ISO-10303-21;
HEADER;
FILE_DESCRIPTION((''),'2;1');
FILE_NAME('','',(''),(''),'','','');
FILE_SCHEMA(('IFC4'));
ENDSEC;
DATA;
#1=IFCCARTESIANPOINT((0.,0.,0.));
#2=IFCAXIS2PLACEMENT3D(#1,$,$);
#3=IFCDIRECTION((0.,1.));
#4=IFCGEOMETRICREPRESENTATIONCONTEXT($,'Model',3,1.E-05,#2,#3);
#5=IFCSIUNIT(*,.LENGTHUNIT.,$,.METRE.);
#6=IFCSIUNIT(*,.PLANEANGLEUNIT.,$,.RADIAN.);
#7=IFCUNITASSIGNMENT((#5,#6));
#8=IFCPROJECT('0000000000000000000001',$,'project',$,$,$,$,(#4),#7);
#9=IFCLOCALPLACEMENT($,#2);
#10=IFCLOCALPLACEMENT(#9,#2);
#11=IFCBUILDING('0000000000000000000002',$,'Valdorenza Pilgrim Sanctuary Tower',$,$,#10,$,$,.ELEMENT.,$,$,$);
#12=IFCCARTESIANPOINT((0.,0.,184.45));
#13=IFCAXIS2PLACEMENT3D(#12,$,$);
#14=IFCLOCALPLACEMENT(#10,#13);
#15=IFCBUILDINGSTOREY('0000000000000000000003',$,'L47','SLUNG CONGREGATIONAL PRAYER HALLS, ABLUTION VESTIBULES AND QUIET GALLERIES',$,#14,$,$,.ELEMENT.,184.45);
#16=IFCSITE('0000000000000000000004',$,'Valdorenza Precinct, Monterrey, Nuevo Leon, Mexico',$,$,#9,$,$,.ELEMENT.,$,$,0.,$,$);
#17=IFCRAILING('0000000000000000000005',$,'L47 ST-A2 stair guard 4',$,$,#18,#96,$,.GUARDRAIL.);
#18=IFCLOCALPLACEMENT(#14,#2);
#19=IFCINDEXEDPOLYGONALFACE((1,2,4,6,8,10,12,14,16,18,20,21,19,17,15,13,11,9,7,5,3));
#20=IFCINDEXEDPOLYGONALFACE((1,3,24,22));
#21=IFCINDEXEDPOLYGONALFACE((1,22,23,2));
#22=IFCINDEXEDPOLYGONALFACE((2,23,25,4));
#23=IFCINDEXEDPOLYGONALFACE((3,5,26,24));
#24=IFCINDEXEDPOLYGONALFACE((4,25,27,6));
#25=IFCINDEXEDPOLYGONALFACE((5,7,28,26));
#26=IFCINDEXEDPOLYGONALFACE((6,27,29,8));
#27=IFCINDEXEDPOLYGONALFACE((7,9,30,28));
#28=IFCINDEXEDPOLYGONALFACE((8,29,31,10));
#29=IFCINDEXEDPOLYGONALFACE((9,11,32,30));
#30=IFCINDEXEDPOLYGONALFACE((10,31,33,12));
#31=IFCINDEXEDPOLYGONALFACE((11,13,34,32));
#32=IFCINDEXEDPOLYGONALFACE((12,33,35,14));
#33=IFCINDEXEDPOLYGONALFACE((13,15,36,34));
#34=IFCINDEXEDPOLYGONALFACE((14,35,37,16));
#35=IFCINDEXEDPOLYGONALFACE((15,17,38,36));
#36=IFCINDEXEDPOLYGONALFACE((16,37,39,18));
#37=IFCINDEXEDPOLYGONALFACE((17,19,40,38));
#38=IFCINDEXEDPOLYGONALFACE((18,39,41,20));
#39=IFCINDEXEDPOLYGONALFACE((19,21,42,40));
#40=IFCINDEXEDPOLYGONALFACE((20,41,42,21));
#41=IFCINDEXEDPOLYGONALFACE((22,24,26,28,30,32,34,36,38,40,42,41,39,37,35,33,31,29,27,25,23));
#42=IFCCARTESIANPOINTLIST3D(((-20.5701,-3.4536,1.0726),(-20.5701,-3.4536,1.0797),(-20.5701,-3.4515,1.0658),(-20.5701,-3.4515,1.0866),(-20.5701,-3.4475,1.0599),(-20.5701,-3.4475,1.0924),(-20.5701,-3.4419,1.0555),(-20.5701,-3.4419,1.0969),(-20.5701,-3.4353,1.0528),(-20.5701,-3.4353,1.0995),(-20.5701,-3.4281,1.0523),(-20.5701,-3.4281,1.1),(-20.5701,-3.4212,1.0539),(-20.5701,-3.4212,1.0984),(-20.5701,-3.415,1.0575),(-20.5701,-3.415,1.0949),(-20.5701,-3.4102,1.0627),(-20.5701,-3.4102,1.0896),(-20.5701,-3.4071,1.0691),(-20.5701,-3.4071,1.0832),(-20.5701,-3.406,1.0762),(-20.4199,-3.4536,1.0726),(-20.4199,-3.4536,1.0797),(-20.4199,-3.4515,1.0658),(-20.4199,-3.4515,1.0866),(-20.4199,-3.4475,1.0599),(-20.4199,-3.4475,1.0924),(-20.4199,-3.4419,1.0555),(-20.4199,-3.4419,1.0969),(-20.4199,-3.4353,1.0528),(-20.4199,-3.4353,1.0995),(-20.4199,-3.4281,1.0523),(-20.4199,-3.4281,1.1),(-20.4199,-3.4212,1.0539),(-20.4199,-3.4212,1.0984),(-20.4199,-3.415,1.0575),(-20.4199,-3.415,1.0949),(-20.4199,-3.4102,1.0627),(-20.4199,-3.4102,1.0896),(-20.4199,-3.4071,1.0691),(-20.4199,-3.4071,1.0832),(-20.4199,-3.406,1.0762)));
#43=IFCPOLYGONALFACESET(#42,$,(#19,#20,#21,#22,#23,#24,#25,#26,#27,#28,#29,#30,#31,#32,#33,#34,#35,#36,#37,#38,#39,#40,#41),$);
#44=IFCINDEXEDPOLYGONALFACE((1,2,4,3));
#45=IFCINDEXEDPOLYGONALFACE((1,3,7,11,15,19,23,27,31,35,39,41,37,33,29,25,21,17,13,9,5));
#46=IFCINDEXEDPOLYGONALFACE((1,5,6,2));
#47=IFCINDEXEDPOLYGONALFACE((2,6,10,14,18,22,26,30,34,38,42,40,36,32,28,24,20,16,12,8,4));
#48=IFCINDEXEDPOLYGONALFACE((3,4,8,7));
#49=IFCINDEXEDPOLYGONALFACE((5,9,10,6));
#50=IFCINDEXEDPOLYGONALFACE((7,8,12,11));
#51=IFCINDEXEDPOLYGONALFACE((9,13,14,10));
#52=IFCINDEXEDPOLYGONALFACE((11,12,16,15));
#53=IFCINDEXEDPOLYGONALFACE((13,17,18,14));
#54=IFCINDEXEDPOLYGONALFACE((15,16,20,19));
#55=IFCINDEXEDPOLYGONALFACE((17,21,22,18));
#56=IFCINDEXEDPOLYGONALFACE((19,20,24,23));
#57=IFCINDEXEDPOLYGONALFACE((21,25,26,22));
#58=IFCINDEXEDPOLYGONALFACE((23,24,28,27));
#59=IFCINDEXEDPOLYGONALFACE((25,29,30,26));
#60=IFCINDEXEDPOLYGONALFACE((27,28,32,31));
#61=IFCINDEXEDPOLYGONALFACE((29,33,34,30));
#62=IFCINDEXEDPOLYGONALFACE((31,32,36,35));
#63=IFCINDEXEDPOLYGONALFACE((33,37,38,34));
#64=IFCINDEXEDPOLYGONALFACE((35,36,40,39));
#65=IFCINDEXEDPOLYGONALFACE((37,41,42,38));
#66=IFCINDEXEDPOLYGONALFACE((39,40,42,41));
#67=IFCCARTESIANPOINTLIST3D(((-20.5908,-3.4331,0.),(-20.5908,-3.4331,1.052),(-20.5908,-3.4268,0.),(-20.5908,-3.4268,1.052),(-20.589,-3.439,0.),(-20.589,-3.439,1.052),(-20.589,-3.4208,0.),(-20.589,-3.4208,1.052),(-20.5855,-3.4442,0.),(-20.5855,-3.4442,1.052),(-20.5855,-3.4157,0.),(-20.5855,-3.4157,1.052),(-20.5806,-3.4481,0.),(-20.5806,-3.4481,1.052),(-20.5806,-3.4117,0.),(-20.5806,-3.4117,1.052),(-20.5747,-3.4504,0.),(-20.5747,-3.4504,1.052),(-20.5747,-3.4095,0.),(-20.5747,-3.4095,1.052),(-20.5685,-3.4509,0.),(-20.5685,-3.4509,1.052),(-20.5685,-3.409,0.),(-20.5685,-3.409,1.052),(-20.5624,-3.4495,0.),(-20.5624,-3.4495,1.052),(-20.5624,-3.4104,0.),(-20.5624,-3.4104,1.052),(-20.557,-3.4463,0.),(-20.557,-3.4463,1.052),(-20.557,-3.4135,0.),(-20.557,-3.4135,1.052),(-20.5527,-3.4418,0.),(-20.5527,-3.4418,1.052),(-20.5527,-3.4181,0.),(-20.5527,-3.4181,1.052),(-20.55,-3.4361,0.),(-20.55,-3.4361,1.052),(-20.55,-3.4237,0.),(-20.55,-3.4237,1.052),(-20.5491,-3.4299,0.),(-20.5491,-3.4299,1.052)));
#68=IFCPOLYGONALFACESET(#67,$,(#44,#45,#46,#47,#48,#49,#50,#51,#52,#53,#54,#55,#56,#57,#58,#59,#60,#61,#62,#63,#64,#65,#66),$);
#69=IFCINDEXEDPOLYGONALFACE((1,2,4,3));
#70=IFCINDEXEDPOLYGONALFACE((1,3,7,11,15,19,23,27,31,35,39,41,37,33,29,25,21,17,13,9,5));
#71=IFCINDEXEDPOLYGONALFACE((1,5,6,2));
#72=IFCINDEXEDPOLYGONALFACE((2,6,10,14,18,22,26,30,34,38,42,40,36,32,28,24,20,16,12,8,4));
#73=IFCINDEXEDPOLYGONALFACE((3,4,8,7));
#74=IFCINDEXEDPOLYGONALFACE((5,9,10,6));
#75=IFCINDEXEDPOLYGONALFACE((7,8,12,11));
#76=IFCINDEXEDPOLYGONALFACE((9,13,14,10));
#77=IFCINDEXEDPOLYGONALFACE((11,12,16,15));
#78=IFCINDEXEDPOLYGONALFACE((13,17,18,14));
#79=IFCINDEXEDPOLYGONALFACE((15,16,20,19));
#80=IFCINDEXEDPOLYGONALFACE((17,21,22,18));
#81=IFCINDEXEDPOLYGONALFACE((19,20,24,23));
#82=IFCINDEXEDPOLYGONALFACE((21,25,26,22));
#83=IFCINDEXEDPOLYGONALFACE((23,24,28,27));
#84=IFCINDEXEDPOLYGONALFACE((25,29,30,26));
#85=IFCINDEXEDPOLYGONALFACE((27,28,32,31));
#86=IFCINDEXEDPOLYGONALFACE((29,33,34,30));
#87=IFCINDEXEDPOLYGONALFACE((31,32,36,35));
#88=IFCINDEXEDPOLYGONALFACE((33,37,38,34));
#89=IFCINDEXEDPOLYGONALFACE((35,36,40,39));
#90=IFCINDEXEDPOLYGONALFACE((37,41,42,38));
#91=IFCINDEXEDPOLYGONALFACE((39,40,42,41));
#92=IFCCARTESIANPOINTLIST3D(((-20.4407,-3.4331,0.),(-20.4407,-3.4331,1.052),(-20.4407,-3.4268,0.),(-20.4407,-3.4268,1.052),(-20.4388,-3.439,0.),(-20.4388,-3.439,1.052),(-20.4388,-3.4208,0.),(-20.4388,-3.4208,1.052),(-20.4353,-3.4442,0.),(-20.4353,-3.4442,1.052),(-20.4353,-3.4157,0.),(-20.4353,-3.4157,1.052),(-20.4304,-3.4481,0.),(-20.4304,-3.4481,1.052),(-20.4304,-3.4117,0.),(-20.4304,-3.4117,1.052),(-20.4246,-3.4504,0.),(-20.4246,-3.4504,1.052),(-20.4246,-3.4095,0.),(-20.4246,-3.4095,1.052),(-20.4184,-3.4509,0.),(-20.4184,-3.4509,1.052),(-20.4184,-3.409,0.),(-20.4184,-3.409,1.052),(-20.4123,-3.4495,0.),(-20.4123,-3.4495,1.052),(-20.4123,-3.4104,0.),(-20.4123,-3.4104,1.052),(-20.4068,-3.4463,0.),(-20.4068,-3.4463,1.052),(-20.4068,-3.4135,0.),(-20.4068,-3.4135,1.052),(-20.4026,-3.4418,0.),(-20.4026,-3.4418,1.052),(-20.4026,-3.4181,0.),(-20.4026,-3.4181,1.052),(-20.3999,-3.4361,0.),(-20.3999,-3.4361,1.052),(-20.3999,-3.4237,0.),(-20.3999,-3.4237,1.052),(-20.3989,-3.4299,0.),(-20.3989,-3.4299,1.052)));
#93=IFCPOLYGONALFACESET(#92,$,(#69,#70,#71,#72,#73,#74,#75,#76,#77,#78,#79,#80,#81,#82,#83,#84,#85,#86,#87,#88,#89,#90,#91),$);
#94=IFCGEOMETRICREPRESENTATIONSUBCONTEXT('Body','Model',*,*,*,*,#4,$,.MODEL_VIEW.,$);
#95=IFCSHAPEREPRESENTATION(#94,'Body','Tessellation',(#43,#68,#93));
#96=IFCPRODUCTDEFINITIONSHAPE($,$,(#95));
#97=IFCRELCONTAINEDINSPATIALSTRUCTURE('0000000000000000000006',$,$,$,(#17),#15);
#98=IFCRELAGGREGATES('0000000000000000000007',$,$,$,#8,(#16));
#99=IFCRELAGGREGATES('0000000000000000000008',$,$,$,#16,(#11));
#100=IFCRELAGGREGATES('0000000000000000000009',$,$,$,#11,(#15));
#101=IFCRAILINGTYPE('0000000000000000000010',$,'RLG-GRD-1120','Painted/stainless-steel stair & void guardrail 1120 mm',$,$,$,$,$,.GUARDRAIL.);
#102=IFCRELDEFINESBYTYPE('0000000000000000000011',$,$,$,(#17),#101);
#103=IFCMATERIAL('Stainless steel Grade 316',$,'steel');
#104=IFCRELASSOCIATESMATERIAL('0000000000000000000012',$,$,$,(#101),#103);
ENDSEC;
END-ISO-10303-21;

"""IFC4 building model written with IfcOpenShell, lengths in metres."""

from ifc_helpers import new_model, si_unit, direction, frame, origin, origin_2d, place, context, subcontext, project, spatial, circle, extrude, material, type_object, element, save


model = new_model("IFC4")

# Units and contexts
model_context = context("Model", 3, precision=1e-05, world=origin(), true_north=direction((0.0, 1.0)))
body_context = subcontext(model_context, "Body", "Model", "MODEL_VIEW")
ifc_project = project(units=[si_unit("LENGTHUNIT", "METRE"), si_unit("PLANEANGLEUNIT", "RADIAN")], contexts=[model_context])

# Site, building, storey
site_placement = place(None, origin())
site = spatial("IfcSite", under=ifc_project, at=site_placement, Name="Valdorenza Precinct, Monterrey, Nuevo Leon, Mexico", CompositionType="ELEMENT", RefElevation=0.0)
building_placement = place(site_placement, origin())
building = spatial("IfcBuilding", under=site, at=building_placement, Name="Valdorenza Pilgrim Sanctuary Tower", CompositionType="ELEMENT")
storey_placement = place(building_placement, frame((0.0, 0.0, 184.45)))
storey = spatial("IfcBuildingStorey", under=building, at=storey_placement, Name="L47", Description="SLUNG CONGREGATIONAL PRAYER HALLS, ABLUTION VESTIBULES AND QUIET GALLERIES", CompositionType="ELEMENT", Elevation=184.45)

# Railing
ifc_material_1 = material(Name="Stainless steel Grade 316", Category="steel")
railing_type_1 = type_object("IfcRailingType", Name="RLG-GRD-1120", Description="Painted/stainless-steel stair & void guardrail 1120 mm", PredefinedType="GUARDRAIL", material=ifc_material_1)
railing_1_placement = place(storey_placement, frame((-20.5701, -3.4299, 0.0)))
element("IfcRailing", 1, at=railing_1_placement, inside=storey, type_object=railing_type_1, Name="L47 ST-A2 stair guard 4", PredefinedType="GUARDRAIL", context=body_context, shape_type="SweptSolid", body=[
    extrude(circle(Radius=0.0239, at=origin_2d()), frame((0.0, 0.0, 1.0762), z_axis=(1.0, 0.0, 0.0), x_axis=(0.0, 1.0, 0.0)), (0.0, 0.0, 1.0), 0.1501),
    extrude(circle(Radius=0.021, at=origin_2d()), origin(), (0.0, 0.0, 1.0), 1.052),
    extrude(circle(Radius=0.021, at=origin_2d()), frame((0.1501, 0.0, 0.0)), (0.0, 0.0, 1.0), 1.052),
])

save(model, "model.ifc")
